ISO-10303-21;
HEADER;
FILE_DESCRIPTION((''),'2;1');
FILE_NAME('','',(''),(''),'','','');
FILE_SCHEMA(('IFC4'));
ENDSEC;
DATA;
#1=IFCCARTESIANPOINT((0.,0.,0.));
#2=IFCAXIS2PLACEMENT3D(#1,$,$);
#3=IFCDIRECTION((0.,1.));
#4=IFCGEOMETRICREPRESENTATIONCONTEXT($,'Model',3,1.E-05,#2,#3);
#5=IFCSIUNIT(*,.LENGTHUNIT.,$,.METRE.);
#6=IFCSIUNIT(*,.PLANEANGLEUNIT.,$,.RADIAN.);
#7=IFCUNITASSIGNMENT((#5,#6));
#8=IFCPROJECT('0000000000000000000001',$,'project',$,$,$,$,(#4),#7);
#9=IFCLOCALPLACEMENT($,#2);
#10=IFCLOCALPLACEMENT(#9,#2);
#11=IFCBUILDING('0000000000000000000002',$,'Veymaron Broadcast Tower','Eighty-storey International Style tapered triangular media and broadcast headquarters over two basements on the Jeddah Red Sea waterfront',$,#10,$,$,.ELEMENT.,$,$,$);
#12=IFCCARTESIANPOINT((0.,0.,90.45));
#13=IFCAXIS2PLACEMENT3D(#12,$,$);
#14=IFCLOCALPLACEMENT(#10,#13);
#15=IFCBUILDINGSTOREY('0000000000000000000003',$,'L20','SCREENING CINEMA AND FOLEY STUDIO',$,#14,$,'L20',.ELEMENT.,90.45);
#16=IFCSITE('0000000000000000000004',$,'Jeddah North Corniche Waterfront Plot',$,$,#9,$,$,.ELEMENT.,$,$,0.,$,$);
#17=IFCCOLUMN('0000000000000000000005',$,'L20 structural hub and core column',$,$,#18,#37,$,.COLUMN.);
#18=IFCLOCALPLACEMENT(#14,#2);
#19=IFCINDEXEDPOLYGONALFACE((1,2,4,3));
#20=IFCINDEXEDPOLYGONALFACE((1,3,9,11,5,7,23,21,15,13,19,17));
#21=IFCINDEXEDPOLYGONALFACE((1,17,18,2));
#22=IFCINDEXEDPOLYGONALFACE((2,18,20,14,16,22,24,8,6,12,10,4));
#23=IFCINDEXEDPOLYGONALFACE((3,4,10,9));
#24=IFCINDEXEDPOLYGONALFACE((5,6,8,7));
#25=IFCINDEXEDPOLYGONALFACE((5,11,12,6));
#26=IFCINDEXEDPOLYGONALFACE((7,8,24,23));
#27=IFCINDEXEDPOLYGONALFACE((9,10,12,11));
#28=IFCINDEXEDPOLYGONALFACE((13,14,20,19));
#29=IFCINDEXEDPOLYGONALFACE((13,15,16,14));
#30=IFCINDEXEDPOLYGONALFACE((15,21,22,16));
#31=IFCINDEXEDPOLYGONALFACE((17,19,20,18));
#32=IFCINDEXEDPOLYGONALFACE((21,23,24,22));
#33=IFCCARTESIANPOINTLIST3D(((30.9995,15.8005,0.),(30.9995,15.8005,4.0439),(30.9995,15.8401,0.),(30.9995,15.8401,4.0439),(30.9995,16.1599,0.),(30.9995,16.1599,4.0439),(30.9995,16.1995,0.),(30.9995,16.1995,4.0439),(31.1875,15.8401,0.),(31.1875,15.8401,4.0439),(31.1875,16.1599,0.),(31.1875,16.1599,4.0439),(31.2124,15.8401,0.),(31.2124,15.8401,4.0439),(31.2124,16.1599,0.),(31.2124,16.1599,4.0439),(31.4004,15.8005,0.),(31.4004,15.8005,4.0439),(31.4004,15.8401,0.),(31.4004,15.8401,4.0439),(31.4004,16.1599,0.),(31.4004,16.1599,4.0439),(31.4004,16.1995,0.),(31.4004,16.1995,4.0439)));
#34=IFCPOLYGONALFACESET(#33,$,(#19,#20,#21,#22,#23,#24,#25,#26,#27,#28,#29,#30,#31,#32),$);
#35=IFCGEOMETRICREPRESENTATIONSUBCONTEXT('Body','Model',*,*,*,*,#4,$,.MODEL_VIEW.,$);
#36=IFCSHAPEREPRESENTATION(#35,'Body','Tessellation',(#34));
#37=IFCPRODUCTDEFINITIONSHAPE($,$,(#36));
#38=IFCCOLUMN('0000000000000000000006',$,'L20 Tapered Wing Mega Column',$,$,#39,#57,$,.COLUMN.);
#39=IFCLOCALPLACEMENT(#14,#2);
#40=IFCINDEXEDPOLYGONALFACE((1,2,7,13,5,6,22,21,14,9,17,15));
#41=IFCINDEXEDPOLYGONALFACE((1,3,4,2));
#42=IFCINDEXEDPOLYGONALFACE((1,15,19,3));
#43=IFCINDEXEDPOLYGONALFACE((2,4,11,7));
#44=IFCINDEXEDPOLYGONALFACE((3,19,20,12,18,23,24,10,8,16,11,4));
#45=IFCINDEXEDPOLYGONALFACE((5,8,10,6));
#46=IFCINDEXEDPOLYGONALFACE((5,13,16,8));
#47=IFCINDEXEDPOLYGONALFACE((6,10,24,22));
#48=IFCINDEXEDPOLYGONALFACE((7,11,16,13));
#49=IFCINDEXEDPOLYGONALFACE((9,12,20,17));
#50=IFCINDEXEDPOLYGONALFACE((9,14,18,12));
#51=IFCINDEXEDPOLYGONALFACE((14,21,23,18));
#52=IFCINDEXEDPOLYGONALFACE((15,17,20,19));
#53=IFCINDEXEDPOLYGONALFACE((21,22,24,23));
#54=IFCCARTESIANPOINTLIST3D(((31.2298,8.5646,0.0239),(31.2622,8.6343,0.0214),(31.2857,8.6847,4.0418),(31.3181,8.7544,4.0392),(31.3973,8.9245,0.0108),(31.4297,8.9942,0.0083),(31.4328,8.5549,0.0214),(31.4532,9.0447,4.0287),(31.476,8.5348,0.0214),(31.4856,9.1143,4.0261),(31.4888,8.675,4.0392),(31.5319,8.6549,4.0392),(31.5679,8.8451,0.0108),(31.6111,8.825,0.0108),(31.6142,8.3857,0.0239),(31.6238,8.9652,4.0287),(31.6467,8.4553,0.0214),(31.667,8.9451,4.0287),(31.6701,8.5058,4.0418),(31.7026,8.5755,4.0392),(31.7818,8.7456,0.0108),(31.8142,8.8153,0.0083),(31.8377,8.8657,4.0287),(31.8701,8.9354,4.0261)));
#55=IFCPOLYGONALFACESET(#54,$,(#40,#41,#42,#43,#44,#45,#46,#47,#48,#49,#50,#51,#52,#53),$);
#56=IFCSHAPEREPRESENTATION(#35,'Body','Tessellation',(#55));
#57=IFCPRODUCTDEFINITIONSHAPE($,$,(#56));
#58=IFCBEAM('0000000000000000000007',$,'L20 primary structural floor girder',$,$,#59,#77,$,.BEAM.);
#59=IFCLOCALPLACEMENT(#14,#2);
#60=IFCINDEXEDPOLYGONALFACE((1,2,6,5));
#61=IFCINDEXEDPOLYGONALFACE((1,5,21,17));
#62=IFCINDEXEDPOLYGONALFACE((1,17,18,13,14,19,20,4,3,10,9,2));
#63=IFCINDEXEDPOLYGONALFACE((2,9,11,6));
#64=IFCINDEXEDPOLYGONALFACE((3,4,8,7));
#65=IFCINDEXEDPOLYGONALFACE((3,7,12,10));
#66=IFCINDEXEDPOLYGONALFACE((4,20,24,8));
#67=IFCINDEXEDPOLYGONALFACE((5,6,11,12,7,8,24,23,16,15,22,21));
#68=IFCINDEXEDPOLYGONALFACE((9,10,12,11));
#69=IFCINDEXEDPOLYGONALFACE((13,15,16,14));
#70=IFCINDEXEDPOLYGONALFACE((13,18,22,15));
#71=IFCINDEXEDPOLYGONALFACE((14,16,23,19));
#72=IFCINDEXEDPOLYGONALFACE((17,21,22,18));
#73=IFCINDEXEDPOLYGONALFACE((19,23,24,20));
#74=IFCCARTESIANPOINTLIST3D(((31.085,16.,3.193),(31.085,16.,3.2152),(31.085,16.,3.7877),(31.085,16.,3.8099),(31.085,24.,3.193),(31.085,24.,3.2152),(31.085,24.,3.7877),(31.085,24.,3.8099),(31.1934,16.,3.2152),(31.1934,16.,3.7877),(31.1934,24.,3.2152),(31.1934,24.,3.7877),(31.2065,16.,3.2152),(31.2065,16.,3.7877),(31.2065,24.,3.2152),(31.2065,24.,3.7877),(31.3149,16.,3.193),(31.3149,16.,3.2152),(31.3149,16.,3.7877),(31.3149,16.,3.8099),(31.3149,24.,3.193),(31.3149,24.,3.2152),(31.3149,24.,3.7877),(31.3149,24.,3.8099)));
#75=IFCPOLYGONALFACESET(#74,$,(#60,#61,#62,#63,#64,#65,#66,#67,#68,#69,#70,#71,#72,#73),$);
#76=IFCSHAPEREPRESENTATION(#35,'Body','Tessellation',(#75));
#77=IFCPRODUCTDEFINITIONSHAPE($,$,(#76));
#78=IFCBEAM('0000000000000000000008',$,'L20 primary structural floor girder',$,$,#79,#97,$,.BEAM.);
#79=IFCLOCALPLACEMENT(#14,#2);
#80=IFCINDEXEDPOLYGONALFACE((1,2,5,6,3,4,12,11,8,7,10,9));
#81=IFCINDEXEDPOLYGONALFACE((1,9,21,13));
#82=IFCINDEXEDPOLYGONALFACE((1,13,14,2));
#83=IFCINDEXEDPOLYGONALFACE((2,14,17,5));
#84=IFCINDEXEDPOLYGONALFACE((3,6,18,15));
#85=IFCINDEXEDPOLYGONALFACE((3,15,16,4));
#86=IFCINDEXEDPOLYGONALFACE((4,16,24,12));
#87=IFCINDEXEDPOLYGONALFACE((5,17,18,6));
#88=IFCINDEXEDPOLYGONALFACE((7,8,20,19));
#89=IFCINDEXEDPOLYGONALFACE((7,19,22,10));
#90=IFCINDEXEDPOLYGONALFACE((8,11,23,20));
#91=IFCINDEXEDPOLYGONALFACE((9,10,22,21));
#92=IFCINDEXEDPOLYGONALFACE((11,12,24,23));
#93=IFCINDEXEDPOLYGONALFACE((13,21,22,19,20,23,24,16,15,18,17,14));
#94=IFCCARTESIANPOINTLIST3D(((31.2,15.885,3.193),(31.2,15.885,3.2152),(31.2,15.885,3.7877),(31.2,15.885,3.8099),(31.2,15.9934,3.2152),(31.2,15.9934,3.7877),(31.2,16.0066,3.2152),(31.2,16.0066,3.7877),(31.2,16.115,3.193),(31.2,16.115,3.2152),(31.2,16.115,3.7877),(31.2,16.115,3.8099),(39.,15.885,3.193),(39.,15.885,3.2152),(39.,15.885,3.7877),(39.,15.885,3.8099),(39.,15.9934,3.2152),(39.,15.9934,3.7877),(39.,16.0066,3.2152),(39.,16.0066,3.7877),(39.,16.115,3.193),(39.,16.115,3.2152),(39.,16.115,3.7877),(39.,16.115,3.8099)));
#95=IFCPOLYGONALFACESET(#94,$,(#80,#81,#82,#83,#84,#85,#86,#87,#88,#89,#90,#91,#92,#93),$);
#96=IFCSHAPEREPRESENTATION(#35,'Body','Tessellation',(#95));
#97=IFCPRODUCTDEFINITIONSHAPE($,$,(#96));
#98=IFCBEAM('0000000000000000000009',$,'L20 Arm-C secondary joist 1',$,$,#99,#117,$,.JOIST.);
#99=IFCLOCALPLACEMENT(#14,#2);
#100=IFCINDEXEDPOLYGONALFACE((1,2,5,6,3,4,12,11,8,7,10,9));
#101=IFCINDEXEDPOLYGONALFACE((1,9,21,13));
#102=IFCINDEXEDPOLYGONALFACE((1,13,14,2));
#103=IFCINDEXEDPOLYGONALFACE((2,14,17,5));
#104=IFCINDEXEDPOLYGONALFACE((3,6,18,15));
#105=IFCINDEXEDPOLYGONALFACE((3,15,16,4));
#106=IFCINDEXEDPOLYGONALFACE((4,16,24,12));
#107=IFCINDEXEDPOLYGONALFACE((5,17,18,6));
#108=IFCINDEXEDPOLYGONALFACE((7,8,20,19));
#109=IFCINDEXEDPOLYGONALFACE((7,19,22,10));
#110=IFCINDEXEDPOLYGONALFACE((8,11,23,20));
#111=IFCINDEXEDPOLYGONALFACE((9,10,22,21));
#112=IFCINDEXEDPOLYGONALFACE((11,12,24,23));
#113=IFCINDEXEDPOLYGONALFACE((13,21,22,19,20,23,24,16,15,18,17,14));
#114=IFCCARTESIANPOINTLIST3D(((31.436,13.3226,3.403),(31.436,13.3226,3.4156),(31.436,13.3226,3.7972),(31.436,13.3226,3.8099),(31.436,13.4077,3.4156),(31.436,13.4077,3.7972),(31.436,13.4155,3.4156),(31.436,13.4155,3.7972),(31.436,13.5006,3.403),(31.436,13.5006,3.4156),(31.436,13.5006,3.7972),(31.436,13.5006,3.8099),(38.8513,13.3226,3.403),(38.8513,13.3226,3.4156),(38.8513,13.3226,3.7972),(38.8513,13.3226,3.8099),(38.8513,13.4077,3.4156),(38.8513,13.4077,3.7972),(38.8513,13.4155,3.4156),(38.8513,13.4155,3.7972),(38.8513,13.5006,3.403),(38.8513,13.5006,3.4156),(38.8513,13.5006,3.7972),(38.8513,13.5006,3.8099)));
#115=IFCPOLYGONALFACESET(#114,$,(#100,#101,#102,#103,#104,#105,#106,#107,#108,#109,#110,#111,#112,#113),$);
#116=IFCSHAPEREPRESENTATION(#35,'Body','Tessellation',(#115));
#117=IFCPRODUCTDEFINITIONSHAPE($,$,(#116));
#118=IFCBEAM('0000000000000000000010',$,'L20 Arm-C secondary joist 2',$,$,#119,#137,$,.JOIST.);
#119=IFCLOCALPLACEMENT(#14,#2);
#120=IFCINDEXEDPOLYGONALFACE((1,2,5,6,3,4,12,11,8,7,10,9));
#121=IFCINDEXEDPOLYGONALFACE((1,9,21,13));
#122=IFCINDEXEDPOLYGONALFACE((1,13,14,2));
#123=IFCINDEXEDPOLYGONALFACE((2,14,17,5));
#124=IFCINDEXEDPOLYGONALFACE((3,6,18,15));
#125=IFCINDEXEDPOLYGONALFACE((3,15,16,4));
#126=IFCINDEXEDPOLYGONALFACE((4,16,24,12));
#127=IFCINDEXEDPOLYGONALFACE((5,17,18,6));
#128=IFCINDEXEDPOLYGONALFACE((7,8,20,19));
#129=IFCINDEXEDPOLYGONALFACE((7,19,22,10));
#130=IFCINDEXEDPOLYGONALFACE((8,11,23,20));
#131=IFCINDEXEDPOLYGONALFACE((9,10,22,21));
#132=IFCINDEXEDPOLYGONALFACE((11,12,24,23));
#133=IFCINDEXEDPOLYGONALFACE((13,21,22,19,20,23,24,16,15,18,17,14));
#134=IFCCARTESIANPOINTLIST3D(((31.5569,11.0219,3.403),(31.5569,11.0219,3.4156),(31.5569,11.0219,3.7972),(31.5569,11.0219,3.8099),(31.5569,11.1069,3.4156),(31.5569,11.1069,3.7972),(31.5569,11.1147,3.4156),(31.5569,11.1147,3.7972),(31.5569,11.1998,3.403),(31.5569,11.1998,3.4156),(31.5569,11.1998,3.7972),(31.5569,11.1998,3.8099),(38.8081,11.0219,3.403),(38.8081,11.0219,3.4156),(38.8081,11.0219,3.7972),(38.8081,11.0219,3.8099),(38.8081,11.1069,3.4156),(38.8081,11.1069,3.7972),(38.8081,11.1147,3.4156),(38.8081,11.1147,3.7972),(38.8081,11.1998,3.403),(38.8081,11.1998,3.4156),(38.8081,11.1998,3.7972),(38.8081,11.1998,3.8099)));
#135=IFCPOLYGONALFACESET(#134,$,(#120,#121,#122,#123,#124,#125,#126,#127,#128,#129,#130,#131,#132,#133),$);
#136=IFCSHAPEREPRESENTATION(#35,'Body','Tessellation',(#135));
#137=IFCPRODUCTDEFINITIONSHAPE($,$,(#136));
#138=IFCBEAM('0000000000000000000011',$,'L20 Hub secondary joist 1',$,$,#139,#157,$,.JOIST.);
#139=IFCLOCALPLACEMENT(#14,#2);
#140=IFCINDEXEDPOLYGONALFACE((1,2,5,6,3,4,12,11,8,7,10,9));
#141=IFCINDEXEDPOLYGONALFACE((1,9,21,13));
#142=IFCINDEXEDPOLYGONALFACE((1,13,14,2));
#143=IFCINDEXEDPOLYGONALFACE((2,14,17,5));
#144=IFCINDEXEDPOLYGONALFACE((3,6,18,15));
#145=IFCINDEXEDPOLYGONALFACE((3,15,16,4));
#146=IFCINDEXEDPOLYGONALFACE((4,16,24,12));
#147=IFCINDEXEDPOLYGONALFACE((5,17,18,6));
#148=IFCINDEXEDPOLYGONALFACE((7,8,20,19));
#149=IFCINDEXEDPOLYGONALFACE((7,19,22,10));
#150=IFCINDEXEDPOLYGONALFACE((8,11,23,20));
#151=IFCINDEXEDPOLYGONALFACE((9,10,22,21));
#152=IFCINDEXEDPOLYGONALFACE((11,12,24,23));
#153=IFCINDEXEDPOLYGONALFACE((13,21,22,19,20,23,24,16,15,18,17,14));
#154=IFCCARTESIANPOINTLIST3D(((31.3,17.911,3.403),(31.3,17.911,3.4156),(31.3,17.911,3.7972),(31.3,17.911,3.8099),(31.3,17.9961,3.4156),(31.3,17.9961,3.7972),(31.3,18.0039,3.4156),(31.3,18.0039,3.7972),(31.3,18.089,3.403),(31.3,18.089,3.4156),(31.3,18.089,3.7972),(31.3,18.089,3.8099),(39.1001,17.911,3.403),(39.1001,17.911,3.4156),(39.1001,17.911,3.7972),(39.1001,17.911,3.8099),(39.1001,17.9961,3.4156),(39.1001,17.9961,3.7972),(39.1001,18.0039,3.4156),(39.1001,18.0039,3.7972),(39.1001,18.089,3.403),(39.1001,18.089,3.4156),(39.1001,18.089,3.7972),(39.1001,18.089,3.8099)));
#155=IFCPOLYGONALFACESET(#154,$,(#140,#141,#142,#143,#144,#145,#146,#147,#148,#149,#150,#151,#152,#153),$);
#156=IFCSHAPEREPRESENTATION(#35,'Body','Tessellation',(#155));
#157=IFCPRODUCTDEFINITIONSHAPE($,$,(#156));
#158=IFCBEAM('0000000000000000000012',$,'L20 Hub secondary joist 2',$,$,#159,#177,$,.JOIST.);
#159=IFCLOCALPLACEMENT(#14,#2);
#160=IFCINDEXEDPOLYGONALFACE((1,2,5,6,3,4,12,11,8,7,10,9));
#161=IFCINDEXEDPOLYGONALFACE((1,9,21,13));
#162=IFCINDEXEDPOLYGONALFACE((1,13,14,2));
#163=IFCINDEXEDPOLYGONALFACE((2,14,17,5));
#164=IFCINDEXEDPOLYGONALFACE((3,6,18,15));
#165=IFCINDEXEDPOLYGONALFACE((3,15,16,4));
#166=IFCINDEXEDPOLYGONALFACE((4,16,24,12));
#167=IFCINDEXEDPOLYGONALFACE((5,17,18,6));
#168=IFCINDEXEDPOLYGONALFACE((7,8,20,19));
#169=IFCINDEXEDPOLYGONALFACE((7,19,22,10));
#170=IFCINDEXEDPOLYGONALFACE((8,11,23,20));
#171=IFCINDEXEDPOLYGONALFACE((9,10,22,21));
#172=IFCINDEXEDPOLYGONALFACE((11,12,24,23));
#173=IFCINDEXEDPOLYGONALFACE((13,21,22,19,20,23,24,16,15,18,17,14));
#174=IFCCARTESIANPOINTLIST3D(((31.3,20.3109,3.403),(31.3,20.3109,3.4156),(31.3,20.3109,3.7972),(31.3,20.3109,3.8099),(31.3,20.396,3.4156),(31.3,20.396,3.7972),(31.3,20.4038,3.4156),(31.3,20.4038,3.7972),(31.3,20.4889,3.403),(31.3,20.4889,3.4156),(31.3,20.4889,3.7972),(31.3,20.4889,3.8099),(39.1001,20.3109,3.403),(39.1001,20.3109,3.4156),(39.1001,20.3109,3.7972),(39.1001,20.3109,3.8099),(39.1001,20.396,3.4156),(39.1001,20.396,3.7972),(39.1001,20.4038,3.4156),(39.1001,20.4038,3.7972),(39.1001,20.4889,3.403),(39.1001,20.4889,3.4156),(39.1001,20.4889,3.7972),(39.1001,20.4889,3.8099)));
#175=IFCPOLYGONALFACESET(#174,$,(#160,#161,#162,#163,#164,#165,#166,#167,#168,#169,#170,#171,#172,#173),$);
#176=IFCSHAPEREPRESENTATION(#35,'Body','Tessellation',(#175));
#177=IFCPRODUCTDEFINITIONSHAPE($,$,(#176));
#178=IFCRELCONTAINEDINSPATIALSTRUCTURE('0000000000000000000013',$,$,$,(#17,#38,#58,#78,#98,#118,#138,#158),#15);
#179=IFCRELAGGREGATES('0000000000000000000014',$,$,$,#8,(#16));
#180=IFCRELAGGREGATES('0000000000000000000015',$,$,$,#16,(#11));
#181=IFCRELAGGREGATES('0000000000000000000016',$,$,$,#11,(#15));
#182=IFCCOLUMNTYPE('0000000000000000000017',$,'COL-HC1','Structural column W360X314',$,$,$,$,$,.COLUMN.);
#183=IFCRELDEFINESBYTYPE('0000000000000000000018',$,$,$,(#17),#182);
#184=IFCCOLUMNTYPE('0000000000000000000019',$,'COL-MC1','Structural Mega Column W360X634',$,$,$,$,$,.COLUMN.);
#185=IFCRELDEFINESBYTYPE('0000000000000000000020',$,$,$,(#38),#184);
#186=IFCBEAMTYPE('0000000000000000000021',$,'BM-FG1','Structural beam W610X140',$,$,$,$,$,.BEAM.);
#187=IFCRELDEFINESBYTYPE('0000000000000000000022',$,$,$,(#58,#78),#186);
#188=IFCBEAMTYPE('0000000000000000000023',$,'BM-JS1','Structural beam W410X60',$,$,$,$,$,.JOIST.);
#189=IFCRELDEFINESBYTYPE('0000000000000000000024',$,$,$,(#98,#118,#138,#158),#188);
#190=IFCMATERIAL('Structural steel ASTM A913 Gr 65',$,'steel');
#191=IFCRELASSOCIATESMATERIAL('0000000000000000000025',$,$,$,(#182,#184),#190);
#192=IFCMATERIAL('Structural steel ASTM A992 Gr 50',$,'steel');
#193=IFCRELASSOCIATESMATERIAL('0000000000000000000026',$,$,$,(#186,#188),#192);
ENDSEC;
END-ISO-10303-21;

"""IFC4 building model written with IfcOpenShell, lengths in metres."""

from ifc_helpers import new_model, si_unit, direction, frame, origin, origin_2d, place, context, subcontext, project, spatial, i_section, extrude, material, material_profile, profile_set, type_object, element, save


model = new_model("IFC4")

# Units and contexts
model_context = context("Model", 3, precision=1e-05, world=origin(), true_north=direction((0.0, 1.0)))
body_context = subcontext(model_context, "Body", "Model", "MODEL_VIEW")
ifc_project = project(units=[si_unit("LENGTHUNIT", "METRE"), si_unit("PLANEANGLEUNIT", "RADIAN")], contexts=[model_context])

# Site, building, storey
site_placement = place(None, origin())
site = spatial("IfcSite", under=ifc_project, at=site_placement, Name="Jeddah North Corniche Waterfront Plot", CompositionType="ELEMENT", RefElevation=0.0)
building_placement = place(site_placement, origin())
building = spatial("IfcBuilding", under=site, at=building_placement, Name="Veymaron Broadcast Tower", Description="Eighty-storey International Style tapered triangular media and broadcast headquarters over two basements on the Jeddah Red Sea waterfront", CompositionType="ELEMENT")
storey_placement = place(building_placement, frame((0.0, 0.0, 90.45)))
storey = spatial("IfcBuildingStorey", under=building, at=storey_placement, Name="L20", Description="SCREENING CINEMA AND FOLEY STUDIO", LongName="L20", CompositionType="ELEMENT", Elevation=90.45)

# Columns
ifc_material_1 = material(Name="Structural steel ASTM A913 Gr 65", Category="steel")
ifc_material_profile_1 = material_profile(ifc_material_1, i_section(OverallWidth=0.4009, OverallDepth=0.3989, WebThickness=0.0249, FlangeThickness=0.0396, at=origin_2d()), Name="W360X314")
ifc_profile_set_1 = profile_set([ifc_material_profile_1], Name="Structural steel ASTM A913 Gr 65")
column_type_1 = type_object("IfcColumnType", Name="COL-HC1", Description="Structural column W360X314", PredefinedType="COLUMN", material=ifc_profile_set_1)
column_1_placement = place(storey_placement, frame((31.2, 16.0, 0.0), z_axis=(0.0, 0.0, 1.0), x_axis=(1.0, 0.0, 0.0)))
element("IfcColumn", 1, at=column_1_placement, inside=storey, type_object=column_type_1, Name="L20 structural hub and core column", PredefinedType="COLUMN", context=body_context, shape_type="SweptSolid", body=[
    extrude(i_section(OverallWidth=0.4009, OverallDepth=0.3989, WebThickness=0.0249, FlangeThickness=0.0396, at=origin_2d()), origin(), (0.0, 0.0, 1.0), 4.0439),
])
ifc_material_profile_2 = material_profile(ifc_material_1, i_section(OverallWidth=0.4241, OverallDepth=0.4741, WebThickness=0.0476, FlangeThickness=0.0769, at=origin_2d()), Name="W360X634")
ifc_profile_set_2 = profile_set([ifc_material_profile_2], Name="Structural steel ASTM A913 Gr 65")
column_type_2 = type_object("IfcColumnType", Name="COL-MC1", Description="Structural Mega Column W360X634", PredefinedType="COLUMN", material=ifc_profile_set_2)
column_2_placement = place(storey_placement, frame((31.522, 8.6899, 0.0161), z_axis=(0.013907, 0.02988, 0.999457), x_axis=(-0.906606, 0.421977, 0.0)))
element("IfcColumn", 2, at=column_2_placement, inside=storey, type_object=column_type_2, Name="L20 Tapered Wing Mega Column", PredefinedType="COLUMN", context=body_context, shape_type="SweptSolid", body=[
    extrude(i_section(OverallWidth=0.4241, OverallDepth=0.4741, WebThickness=0.0476, FlangeThickness=0.0769, at=origin_2d()), origin(), (0.0, 0.0, 1.0), 4.02),
])

# Beams
ifc_material_2 = material(Name="Structural steel ASTM A992 Gr 50", Category="steel")
ifc_material_profile_3 = material_profile(ifc_material_2, i_section(OverallWidth=0.23, OverallDepth=0.6169, WebThickness=0.0132, FlangeThickness=0.0222, at=origin_2d()), Name="W610X140")
ifc_profile_set_3 = profile_set([ifc_material_profile_3], Name="Structural steel ASTM A992 Gr 50")
beam_type_1 = type_object("IfcBeamType", Name="BM-FG1", Description="Structural beam W610X140", PredefinedType="BEAM", material=ifc_profile_set_3)
beam_1_placement = place(storey_placement, frame((31.2, 16.0, 3.5015), z_axis=(0.0, 1.0, 0.0), x_axis=(-1.0, 0.0, 0.0)))
element("IfcBeam", 3, at=beam_1_placement, inside=storey, type_object=beam_type_1, Name="L20 primary structural floor girder", PredefinedType="BEAM", context=body_context, shape_type="SweptSolid", body=[
    extrude(i_section(OverallWidth=0.23, OverallDepth=0.6169, WebThickness=0.0132, FlangeThickness=0.0222, at=origin_2d()), origin(), (0.0, 0.0, 1.0), 8.0),
])
beam_2_placement = place(storey_placement, frame((31.2, 16.0, 3.5015), z_axis=(1.0, 0.0, 0.0), x_axis=(0.0, 1.0, 0.0)))
element("IfcBeam", 4, at=beam_2_placement, inside=storey, type_object=beam_type_1, Name="L20 primary structural floor girder", PredefinedType="BEAM", context=body_context, shape_type="SweptSolid", body=[
    extrude(i_section(OverallWidth=0.23, OverallDepth=0.6169, WebThickness=0.0132, FlangeThickness=0.0222, at=origin_2d()), origin(), (0.0, 0.0, 1.0), 7.8),
])
ifc_material_profile_4 = material_profile(ifc_material_2, i_section(OverallWidth=0.178, OverallDepth=0.407, WebThickness=0.0078, FlangeThickness=0.0127, at=origin_2d()), Name="W410X60")
ifc_profile_set_4 = profile_set([ifc_material_profile_4], Name="Structural steel ASTM A992 Gr 50")
beam_type_2 = type_object("IfcBeamType", Name="BM-JS1", Description="Structural beam W410X60", PredefinedType="JOIST", material=ifc_profile_set_4)
beam_3_placement = place(storey_placement, frame((31.436, 13.4116, 3.6064), z_axis=(1.0, 0.0, 0.0), x_axis=(0.0, 1.0, 0.0)))
element("IfcBeam", 5, at=beam_3_placement, inside=storey, type_object=beam_type_2, Name="L20 Arm-C secondary joist 1", PredefinedType="JOIST", context=body_context, shape_type="SweptSolid", body=[
    extrude(i_section(OverallWidth=0.178, OverallDepth=0.407, WebThickness=0.0078, FlangeThickness=0.0127, at=origin_2d()), origin(), (0.0, 0.0, 1.0), 7.4153),
])
beam_4_placement = place(storey_placement, frame((31.5569, 11.1108, 3.6064), z_axis=(1.0, 0.0, 0.0), x_axis=(0.0, 1.0, 0.0)))
element("IfcBeam", 6, at=beam_4_placement, inside=storey, type_object=beam_type_2, Name="L20 Arm-C secondary joist 2", PredefinedType="JOIST", context=body_context, shape_type="SweptSolid", body=[
    extrude(i_section(OverallWidth=0.178, OverallDepth=0.407, WebThickness=0.0078, FlangeThickness=0.0127, at=origin_2d()), origin(), (0.0, 0.0, 1.0), 7.2512),
])
for number, where, z_axis, x_axis, name in (
    (7, (31.3, 18.0, 3.6064), (1.0, 0.0, 0.0), (0.0, 1.0, 0.0), "L20 Hub secondary joist 1"),
    (8, (31.3, 20.3999, 3.6064), (1.0, 0.0, 0.0), (0.0, 1.0, 0.0), "L20 Hub secondary joist 2"),
):
    element("IfcBeam", number, at=place(storey_placement, frame(where, z_axis=z_axis, x_axis=x_axis)), inside=storey, type_object=beam_type_2, Name=name, PredefinedType="JOIST", context=body_context, shape_type="SweptSolid", body=[
        extrude(i_section(OverallWidth=0.178, OverallDepth=0.407, WebThickness=0.0078, FlangeThickness=0.0127, at=origin_2d()), origin(), (0.0, 0.0, 1.0), 7.8),
    ])

save(model, "model.ifc")
